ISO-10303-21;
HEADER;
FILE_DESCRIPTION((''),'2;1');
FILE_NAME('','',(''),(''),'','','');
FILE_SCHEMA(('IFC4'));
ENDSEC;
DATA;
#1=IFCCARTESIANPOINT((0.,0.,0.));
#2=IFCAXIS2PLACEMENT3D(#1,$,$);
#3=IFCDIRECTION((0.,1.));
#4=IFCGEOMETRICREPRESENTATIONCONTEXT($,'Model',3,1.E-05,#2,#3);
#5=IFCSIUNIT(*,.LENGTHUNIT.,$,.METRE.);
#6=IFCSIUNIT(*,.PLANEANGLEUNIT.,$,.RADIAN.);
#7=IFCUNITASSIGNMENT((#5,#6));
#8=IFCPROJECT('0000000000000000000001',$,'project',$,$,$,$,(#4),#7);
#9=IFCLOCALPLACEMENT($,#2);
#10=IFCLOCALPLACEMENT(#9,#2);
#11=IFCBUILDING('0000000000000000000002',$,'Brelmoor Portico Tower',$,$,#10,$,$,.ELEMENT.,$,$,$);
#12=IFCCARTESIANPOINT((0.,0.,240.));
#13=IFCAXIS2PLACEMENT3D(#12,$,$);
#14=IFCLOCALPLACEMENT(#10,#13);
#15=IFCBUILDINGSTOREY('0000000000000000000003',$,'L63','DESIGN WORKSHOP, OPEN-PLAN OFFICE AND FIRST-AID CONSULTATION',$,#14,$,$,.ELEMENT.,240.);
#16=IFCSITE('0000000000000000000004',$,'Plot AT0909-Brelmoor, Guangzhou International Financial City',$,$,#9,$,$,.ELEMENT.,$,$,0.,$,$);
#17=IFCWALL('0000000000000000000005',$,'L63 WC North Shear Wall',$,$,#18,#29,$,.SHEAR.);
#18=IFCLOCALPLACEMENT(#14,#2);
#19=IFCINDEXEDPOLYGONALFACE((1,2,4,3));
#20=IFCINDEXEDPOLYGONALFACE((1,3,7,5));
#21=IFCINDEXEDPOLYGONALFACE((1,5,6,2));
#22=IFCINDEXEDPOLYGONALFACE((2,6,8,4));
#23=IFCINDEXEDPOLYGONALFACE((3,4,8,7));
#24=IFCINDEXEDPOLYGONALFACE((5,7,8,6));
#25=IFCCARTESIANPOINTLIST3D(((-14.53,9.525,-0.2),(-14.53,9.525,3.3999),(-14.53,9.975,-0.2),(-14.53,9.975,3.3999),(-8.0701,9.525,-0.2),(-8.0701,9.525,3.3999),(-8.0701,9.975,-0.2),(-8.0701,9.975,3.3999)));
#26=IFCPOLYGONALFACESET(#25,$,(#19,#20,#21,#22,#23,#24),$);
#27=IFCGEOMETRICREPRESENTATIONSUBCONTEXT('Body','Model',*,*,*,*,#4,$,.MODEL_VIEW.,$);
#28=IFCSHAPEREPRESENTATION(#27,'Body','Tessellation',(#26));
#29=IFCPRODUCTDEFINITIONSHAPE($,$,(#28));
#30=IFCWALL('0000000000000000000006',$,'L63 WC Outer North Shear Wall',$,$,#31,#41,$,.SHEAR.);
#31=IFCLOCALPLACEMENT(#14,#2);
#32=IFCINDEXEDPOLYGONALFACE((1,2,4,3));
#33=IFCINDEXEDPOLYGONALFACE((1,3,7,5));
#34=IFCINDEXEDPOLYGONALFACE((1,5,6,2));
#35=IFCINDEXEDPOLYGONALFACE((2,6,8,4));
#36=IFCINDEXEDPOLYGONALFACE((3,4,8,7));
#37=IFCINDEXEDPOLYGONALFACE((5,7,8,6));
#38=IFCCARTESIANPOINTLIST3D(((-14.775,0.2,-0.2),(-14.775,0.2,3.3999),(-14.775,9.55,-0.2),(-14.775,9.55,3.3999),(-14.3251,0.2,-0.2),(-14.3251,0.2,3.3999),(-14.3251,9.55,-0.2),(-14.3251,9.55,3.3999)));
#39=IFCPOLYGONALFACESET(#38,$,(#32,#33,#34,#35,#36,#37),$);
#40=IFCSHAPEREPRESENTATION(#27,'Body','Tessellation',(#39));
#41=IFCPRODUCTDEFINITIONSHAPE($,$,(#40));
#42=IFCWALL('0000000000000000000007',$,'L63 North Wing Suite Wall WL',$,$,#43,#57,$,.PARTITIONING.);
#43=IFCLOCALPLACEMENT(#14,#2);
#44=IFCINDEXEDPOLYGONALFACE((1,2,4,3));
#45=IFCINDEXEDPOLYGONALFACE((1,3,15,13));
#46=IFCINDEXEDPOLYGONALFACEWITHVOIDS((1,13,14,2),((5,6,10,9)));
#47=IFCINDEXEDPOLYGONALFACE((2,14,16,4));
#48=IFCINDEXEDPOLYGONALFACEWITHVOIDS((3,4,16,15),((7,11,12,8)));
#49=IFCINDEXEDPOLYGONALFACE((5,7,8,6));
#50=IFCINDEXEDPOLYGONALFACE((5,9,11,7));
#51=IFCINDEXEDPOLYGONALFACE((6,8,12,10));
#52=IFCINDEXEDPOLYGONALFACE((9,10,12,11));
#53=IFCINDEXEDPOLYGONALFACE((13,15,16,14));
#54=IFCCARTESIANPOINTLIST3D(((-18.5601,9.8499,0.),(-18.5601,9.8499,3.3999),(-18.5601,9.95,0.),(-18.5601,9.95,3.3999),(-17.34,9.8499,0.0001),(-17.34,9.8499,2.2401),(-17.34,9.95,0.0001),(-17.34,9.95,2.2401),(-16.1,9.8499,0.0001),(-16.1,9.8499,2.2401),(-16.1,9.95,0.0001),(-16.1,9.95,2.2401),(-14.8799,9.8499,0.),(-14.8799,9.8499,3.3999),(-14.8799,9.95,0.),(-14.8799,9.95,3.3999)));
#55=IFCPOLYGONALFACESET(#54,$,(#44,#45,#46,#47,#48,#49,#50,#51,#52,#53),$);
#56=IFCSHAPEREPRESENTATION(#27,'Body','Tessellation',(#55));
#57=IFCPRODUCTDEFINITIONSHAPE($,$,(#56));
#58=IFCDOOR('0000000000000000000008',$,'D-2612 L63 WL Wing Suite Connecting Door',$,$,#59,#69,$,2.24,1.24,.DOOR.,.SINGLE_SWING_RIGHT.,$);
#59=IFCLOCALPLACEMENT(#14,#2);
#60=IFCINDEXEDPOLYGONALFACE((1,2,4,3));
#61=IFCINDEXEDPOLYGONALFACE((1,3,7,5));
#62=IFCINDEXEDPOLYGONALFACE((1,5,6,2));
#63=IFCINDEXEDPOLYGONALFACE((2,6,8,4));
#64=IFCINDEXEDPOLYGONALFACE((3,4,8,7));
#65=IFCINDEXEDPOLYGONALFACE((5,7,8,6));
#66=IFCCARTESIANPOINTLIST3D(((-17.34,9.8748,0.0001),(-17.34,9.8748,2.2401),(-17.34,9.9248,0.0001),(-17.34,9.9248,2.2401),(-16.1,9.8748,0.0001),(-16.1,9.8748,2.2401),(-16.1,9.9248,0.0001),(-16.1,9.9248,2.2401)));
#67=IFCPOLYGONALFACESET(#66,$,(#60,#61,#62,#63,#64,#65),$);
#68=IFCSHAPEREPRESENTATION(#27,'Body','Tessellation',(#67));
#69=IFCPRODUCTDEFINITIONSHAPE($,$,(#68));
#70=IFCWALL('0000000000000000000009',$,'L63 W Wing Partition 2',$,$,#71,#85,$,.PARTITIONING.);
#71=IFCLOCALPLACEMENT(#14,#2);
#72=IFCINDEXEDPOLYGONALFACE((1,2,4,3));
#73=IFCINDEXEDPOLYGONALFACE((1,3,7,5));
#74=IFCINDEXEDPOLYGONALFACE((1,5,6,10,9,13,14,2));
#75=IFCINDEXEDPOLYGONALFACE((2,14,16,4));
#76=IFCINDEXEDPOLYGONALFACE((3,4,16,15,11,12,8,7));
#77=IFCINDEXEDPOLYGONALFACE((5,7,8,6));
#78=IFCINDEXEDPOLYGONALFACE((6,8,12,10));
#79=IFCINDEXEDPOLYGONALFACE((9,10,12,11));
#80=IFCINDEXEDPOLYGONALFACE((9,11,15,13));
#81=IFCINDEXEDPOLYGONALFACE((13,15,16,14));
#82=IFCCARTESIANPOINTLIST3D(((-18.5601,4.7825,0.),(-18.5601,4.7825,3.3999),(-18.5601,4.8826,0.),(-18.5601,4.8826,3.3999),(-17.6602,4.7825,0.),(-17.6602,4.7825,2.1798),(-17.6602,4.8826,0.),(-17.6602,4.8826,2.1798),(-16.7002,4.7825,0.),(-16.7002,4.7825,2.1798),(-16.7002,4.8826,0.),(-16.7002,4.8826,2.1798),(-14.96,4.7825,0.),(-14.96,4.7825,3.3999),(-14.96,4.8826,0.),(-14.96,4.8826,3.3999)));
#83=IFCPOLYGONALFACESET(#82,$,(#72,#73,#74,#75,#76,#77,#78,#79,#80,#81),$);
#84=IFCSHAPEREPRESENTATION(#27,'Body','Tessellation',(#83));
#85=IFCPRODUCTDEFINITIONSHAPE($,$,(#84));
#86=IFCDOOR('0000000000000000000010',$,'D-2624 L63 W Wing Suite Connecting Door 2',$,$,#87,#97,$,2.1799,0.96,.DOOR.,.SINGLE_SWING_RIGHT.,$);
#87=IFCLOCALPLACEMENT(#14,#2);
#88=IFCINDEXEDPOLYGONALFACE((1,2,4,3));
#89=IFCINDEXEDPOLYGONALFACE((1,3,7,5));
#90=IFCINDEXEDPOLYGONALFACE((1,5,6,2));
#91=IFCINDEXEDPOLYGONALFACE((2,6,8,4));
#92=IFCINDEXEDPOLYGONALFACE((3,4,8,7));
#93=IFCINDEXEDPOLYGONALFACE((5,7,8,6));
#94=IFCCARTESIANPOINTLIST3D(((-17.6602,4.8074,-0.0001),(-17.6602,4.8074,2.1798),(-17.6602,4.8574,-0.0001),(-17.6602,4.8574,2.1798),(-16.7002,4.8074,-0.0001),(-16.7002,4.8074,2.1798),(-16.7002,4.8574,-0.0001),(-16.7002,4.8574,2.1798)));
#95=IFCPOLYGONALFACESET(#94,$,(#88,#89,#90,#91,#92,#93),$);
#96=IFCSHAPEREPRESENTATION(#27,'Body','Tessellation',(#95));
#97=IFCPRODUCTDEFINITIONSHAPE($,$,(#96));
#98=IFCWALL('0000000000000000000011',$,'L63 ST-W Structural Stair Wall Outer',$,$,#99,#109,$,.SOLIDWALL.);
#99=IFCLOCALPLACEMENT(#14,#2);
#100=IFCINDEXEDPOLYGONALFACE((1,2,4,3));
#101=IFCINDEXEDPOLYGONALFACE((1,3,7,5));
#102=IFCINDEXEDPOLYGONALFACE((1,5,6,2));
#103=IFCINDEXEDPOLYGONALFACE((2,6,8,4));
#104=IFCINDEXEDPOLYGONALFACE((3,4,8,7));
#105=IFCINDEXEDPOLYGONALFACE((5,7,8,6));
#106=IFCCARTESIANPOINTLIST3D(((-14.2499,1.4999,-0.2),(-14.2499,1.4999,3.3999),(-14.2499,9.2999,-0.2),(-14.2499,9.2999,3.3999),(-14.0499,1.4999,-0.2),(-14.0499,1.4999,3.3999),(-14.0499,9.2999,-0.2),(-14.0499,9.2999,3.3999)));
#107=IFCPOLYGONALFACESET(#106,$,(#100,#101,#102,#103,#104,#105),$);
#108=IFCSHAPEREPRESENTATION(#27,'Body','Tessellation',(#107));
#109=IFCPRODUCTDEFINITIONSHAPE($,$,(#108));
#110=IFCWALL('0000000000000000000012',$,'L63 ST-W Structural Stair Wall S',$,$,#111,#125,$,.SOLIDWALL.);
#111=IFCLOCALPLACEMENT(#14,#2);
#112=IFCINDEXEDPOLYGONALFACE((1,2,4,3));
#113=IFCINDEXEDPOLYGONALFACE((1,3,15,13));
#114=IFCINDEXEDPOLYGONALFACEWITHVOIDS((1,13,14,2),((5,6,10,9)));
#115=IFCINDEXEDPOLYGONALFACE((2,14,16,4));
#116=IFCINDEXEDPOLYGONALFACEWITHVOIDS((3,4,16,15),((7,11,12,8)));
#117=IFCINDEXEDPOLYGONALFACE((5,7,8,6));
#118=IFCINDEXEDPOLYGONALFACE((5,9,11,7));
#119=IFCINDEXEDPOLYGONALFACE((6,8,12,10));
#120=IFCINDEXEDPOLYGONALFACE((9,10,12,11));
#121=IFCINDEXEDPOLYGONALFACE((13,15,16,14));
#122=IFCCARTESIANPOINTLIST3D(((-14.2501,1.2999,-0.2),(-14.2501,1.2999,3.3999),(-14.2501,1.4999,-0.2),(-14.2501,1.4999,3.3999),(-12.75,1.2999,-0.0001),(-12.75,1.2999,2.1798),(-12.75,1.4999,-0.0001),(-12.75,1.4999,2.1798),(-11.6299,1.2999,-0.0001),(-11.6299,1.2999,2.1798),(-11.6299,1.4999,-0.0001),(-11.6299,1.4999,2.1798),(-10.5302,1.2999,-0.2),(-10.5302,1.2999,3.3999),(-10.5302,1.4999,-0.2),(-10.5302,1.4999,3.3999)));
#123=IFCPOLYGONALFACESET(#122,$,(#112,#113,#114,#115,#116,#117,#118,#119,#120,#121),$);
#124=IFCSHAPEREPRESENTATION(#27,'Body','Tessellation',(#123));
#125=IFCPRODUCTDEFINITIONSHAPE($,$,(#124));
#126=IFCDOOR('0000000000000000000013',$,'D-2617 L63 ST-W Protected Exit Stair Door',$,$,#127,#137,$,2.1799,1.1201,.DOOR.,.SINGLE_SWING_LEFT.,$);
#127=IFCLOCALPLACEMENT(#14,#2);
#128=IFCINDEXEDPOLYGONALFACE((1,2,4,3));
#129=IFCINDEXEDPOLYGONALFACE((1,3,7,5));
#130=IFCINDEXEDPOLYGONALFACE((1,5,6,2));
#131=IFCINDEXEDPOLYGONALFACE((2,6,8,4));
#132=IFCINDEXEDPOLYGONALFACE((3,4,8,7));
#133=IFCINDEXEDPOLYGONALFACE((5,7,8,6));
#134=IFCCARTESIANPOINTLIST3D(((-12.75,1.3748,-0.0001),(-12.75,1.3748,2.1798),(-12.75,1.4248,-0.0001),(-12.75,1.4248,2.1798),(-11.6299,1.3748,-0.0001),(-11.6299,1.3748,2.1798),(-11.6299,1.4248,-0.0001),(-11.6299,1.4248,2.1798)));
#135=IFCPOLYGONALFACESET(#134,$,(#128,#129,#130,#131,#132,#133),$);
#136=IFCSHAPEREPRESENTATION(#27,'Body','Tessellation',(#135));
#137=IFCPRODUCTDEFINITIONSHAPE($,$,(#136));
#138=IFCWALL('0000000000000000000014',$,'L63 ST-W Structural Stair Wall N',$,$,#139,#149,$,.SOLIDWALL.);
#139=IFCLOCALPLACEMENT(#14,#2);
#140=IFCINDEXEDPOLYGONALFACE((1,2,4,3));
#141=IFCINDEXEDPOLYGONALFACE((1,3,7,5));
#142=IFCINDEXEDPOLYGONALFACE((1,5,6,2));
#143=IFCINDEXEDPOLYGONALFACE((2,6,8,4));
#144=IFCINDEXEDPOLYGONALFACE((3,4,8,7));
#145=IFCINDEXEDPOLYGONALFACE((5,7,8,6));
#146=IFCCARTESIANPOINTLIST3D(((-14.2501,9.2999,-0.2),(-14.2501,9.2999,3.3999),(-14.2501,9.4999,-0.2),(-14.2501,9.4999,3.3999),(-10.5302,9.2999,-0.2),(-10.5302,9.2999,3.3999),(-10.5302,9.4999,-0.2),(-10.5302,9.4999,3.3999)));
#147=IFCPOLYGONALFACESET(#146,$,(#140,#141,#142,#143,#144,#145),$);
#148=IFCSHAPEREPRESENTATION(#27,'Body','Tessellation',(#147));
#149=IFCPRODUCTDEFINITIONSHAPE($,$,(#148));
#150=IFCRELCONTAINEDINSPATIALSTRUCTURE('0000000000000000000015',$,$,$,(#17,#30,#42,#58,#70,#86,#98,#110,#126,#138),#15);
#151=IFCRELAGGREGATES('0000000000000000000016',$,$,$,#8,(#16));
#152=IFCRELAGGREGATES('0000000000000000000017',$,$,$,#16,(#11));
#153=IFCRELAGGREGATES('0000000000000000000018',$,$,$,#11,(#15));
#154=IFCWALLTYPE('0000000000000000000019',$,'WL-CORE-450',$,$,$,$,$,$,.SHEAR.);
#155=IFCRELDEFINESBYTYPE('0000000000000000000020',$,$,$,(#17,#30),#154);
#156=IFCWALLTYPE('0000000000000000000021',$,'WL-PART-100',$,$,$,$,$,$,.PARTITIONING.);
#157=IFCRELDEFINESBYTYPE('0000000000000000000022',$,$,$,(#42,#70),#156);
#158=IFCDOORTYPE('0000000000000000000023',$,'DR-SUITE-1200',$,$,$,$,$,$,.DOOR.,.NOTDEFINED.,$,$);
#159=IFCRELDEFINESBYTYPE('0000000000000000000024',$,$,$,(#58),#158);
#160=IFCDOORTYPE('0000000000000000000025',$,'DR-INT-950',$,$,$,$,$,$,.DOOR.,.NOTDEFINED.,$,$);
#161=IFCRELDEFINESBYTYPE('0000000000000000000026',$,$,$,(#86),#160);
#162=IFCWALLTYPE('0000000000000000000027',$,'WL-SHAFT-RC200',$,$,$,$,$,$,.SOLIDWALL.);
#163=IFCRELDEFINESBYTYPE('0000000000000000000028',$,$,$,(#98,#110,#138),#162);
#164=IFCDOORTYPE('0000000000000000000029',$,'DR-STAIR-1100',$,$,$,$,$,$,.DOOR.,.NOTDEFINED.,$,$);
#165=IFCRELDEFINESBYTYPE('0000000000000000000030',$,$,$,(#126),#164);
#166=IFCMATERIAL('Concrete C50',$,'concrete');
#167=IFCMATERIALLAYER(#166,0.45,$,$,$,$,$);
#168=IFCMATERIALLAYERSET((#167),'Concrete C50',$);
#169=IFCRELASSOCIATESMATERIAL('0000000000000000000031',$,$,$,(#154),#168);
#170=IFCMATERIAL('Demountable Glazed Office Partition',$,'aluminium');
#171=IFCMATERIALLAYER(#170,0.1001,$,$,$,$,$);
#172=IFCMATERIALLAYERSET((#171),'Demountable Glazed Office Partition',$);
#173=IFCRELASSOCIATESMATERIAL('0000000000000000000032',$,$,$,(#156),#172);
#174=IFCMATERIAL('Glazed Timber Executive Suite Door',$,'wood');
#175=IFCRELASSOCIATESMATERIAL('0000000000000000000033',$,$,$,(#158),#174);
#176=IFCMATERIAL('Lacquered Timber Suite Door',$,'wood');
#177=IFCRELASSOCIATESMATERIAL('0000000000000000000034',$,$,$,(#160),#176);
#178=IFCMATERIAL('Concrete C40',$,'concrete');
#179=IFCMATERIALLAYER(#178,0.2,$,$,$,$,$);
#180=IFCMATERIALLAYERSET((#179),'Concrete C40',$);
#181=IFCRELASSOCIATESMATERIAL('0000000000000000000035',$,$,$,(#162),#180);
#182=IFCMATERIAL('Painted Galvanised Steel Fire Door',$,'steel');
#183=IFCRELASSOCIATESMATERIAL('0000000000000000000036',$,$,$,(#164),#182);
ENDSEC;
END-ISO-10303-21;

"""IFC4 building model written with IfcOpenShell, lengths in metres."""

from ifc_helpers import new_model, si_unit, direction, frame, frame_2d, origin, place, context, subcontext, project, spatial, rectangle, extrude, material, layer, layer_set, type_object, element, fill, save


model = new_model("IFC4")

# Units and contexts
model_context = context("Model", 3, precision=1e-05, world=origin(), true_north=direction((0.0, 1.0)))
body_context = subcontext(model_context, "Body", "Model", "MODEL_VIEW")
ifc_project = project(units=[si_unit("LENGTHUNIT", "METRE"), si_unit("PLANEANGLEUNIT", "RADIAN")], contexts=[model_context])

# Site, building, storey
site_placement = place(None, origin())
site = spatial("IfcSite", under=ifc_project, at=site_placement, Name="Plot AT0909-Brelmoor, Guangzhou International Financial City", CompositionType="ELEMENT", RefElevation=0.0)
building_placement = place(site_placement, origin())
building = spatial("IfcBuilding", under=site, at=building_placement, Name="Brelmoor Portico Tower", CompositionType="ELEMENT")
storey_placement = place(building_placement, frame((0.0, 0.0, 240.0)))
storey = spatial("IfcBuildingStorey", under=building, at=storey_placement, Name="L63", Description="DESIGN WORKSHOP, OPEN-PLAN OFFICE AND FIRST-AID CONSULTATION", CompositionType="ELEMENT", Elevation=240.0)

# Walls
ifc_material_1 = material(Name="Concrete C50", Category="concrete")
ifc_layer_1 = layer(ifc_material_1, 0.45)
ifc_layer_set_1 = layer_set([ifc_layer_1], Name="Concrete C50")
wall_type_1 = type_object("IfcWallType", Name="WL-CORE-450", PredefinedType="SHEAR", material=ifc_layer_set_1)
wall_1_placement = place(storey_placement, frame((-14.53, 9.75, -0.2), z_axis=(0.0, 0.0, 1.0), x_axis=(1.0, 0.0, 0.0)))
element("IfcWall", 1, at=wall_1_placement, inside=storey, type_object=wall_type_1, Name="L63 WC North Shear Wall", PredefinedType="SHEAR", context=body_context, shape_type="SweptSolid", body=[
    extrude(rectangle(XDim=6.46, YDim=0.45, at=frame_2d((3.23, 0.0))), origin(), (0.0, 0.0, 1.0), 3.5999),
])
wall_2_placement = place(storey_placement, frame((-14.55, 0.2, -0.2), z_axis=(0.0, 0.0, 1.0), x_axis=(0.0, 1.0, 0.0)))
element("IfcWall", 2, at=wall_2_placement, inside=storey, type_object=wall_type_1, Name="L63 WC Outer North Shear Wall", PredefinedType="SHEAR", context=body_context, shape_type="SweptSolid", body=[
    extrude(rectangle(XDim=9.3501, YDim=0.45, at=frame_2d((4.675, 0.0))), origin(), (0.0, 0.0, 1.0), 3.5999),
])

# Walls, openings, doors
ifc_material_2 = material(Name="Demountable Glazed Office Partition", Category="aluminium")
ifc_layer_2 = layer(ifc_material_2, 0.1001)
ifc_layer_set_2 = layer_set([ifc_layer_2], Name="Demountable Glazed Office Partition")
wall_type_2 = type_object("IfcWallType", Name="WL-PART-100", PredefinedType="PARTITIONING", material=ifc_layer_set_2)
wall_3_placement = place(storey_placement, frame((-18.5601, 9.8999, 0.0), z_axis=(0.0, 0.0, 1.0), x_axis=(1.0, 0.0, 0.0)))
wall_3 = element("IfcWall", 3, at=wall_3_placement, inside=storey, type_object=wall_type_2, Name="L63 North Wing Suite Wall WL", PredefinedType="PARTITIONING", context=body_context, shape_type="SweptSolid", body=[
    extrude(rectangle(XDim=3.6802, YDim=0.1001, at=frame_2d((1.8401, 0.0))), origin(), (0.0, 0.0, 1.0), 3.3999),
])
opening_1_placement = place(wall_3_placement, frame((1.22, 0.0, 0.0)))
opening_1 = element("IfcOpeningElement", 4, at=opening_1_placement, cuts=wall_3, PredefinedType="OPENING", context=body_context, shape_type="SweptSolid", body=[
    extrude(rectangle(XDim=1.24, YDim=2.24, at=frame_2d((0.6201, 1.1201))), frame((0.0, 0.0601, 0.0), z_axis=(0.0, -1.0, 0.0), x_axis=(1.0, 0.0, 0.0)), (0.0, 0.0, 1.0), 0.1201),
])
ifc_material_3 = material(Name="Glazed Timber Executive Suite Door", Category="wood")
door_type_1 = type_object("IfcDoorType", Name="DR-SUITE-1200", OperationType="NOTDEFINED", PredefinedType="DOOR", material=ifc_material_3)
door_1_placement = place(opening_1_placement, origin())
door_1 = element("IfcDoor", 5, at=door_1_placement, inside=storey, type_object=door_type_1, Name="D-2612 L63 WL Wing Suite Connecting Door", OperationType="SINGLE_SWING_RIGHT", OverallHeight=2.24, OverallWidth=1.24, PredefinedType="DOOR", context=body_context, shape_type="SweptSolid", body=[
    extrude(rectangle(XDim=1.24, YDim=2.24, at=frame_2d((0.6201, 1.1201))), frame((0.0, 0.0249, 0.0), z_axis=(0.0, -1.0, 0.0), x_axis=(1.0, 0.0, 0.0)), (0.0, 0.0, 1.0), 0.05),
])
fill(opening_1, door_1)
wall_4_placement = place(storey_placement, frame((-18.5601, 4.8325, 0.0), z_axis=(0.0, 0.0, 1.0), x_axis=(1.0, 0.0, 0.0)))
wall_4 = element("IfcWall", 6, at=wall_4_placement, inside=storey, type_object=wall_type_2, Name="L63 W Wing Partition 2", PredefinedType="PARTITIONING", context=body_context, shape_type="SweptSolid", body=[
    extrude(rectangle(XDim=3.6001, YDim=0.1001, at=frame_2d((1.8, 0.0))), origin(), (0.0, 0.0, 1.0), 3.3999),
])
opening_2_placement = place(wall_4_placement, frame((0.8999, 0.0, 0.0)))
opening_2 = element("IfcOpeningElement", 7, at=opening_2_placement, cuts=wall_4, PredefinedType="OPENING", context=body_context, shape_type="SweptSolid", body=[
    extrude(rectangle(XDim=0.96, YDim=2.1799, at=frame_2d((0.48, 1.0898))), frame((0.0, 0.0601, 0.0), z_axis=(0.0, -1.0, 0.0), x_axis=(1.0, 0.0, 0.0)), (0.0, 0.0, 1.0), 0.1201),
])
ifc_material_4 = material(Name="Lacquered Timber Suite Door", Category="wood")
door_type_2 = type_object("IfcDoorType", Name="DR-INT-950", OperationType="NOTDEFINED", PredefinedType="DOOR", material=ifc_material_4)
door_2_placement = place(opening_2_placement, origin())
door_2 = element("IfcDoor", 8, at=door_2_placement, inside=storey, type_object=door_type_2, Name="D-2624 L63 W Wing Suite Connecting Door 2", OperationType="SINGLE_SWING_RIGHT", OverallHeight=2.1799, OverallWidth=0.96, PredefinedType="DOOR", context=body_context, shape_type="SweptSolid", body=[
    extrude(rectangle(XDim=0.96, YDim=2.1799, at=frame_2d((0.48, 1.0898))), frame((0.0, 0.0249, 0.0), z_axis=(0.0, -1.0, 0.0), x_axis=(1.0, 0.0, 0.0)), (0.0, 0.0, 1.0), 0.05),
])
fill(opening_2, door_2)

# Wall
ifc_material_5 = material(Name="Concrete C40", Category="concrete")
ifc_layer_3 = layer(ifc_material_5, 0.2)
ifc_layer_set_3 = layer_set([ifc_layer_3], Name="Concrete C40")
wall_type_3 = type_object("IfcWallType", Name="WL-SHAFT-RC200", PredefinedType="SOLIDWALL", material=ifc_layer_set_3)
wall_5_placement = place(storey_placement, frame((-14.1499, 1.5, -0.2), z_axis=(0.0, 0.0, 1.0), x_axis=(0.0, 1.0, 0.0)))
element("IfcWall", 9, at=wall_5_placement, inside=storey, type_object=wall_type_3, Name="L63 ST-W Structural Stair Wall Outer", PredefinedType="SOLIDWALL", context=body_context, shape_type="SweptSolid", body=[
    extrude(rectangle(XDim=7.8, YDim=0.2, at=frame_2d((3.8999, 0.0))), origin(), (0.0, 0.0, 1.0), 3.5999),
])

# Wall, opening, door
wall_6_placement = place(storey_placement, frame((-14.25, 1.3999, -0.2), z_axis=(0.0, 0.0, 1.0), x_axis=(1.0, 0.0, 0.0)))
wall_6 = element("IfcWall", 10, at=wall_6_placement, inside=storey, type_object=wall_type_3, Name="L63 ST-W Structural Stair Wall S", PredefinedType="SOLIDWALL", context=body_context, shape_type="SweptSolid", body=[
    extrude(rectangle(XDim=3.72, YDim=0.2, at=frame_2d((1.8599, 0.0))), origin(), (0.0, 0.0, 1.0), 3.5999),
])
opening_3_placement = place(wall_6_placement, frame((1.5, 0.0, 0.2)))
opening_3 = element("IfcOpeningElement", 11, at=opening_3_placement, cuts=wall_6, PredefinedType="OPENING", context=body_context, shape_type="SweptSolid", body=[
    extrude(rectangle(XDim=1.1201, YDim=2.1799, at=frame_2d((0.5601, 1.0898))), frame((0.0, 0.1099, 0.0), z_axis=(0.0, -1.0, 0.0), x_axis=(1.0, 0.0, 0.0)), (0.0, 0.0, 1.0), 0.22),
])
ifc_material_6 = material(Name="Painted Galvanised Steel Fire Door", Category="steel")
door_type_3 = type_object("IfcDoorType", Name="DR-STAIR-1100", OperationType="NOTDEFINED", PredefinedType="DOOR", material=ifc_material_6)
door_3_placement = place(opening_3_placement, origin())
door_3 = element("IfcDoor", 12, at=door_3_placement, inside=storey, type_object=door_type_3, Name="D-2617 L63 ST-W Protected Exit Stair Door", OperationType="SINGLE_SWING_LEFT", OverallHeight=2.1799, OverallWidth=1.1201, PredefinedType="DOOR", context=body_context, shape_type="SweptSolid", body=[
    extrude(rectangle(XDim=1.1201, YDim=2.1799, at=frame_2d((0.5601, 1.0898))), frame((0.0, 0.0249, 0.0), z_axis=(0.0, -1.0, 0.0), x_axis=(1.0, 0.0, 0.0)), (0.0, 0.0, 1.0), 0.05),
])
fill(opening_3, door_3)

# Wall
wall_7_placement = place(storey_placement, frame((-14.25, 9.3999, -0.2), z_axis=(0.0, 0.0, 1.0), x_axis=(1.0, 0.0, 0.0)))
element("IfcWall", 13, at=wall_7_placement, inside=storey, type_object=wall_type_3, Name="L63 ST-W Structural Stair Wall N", PredefinedType="SOLIDWALL", context=body_context, shape_type="SweptSolid", body=[
    extrude(rectangle(XDim=3.72, YDim=0.2, at=frame_2d((1.8599, 0.0))), origin(), (0.0, 0.0, 1.0), 3.5999),
])

save(model, "model.ifc")
